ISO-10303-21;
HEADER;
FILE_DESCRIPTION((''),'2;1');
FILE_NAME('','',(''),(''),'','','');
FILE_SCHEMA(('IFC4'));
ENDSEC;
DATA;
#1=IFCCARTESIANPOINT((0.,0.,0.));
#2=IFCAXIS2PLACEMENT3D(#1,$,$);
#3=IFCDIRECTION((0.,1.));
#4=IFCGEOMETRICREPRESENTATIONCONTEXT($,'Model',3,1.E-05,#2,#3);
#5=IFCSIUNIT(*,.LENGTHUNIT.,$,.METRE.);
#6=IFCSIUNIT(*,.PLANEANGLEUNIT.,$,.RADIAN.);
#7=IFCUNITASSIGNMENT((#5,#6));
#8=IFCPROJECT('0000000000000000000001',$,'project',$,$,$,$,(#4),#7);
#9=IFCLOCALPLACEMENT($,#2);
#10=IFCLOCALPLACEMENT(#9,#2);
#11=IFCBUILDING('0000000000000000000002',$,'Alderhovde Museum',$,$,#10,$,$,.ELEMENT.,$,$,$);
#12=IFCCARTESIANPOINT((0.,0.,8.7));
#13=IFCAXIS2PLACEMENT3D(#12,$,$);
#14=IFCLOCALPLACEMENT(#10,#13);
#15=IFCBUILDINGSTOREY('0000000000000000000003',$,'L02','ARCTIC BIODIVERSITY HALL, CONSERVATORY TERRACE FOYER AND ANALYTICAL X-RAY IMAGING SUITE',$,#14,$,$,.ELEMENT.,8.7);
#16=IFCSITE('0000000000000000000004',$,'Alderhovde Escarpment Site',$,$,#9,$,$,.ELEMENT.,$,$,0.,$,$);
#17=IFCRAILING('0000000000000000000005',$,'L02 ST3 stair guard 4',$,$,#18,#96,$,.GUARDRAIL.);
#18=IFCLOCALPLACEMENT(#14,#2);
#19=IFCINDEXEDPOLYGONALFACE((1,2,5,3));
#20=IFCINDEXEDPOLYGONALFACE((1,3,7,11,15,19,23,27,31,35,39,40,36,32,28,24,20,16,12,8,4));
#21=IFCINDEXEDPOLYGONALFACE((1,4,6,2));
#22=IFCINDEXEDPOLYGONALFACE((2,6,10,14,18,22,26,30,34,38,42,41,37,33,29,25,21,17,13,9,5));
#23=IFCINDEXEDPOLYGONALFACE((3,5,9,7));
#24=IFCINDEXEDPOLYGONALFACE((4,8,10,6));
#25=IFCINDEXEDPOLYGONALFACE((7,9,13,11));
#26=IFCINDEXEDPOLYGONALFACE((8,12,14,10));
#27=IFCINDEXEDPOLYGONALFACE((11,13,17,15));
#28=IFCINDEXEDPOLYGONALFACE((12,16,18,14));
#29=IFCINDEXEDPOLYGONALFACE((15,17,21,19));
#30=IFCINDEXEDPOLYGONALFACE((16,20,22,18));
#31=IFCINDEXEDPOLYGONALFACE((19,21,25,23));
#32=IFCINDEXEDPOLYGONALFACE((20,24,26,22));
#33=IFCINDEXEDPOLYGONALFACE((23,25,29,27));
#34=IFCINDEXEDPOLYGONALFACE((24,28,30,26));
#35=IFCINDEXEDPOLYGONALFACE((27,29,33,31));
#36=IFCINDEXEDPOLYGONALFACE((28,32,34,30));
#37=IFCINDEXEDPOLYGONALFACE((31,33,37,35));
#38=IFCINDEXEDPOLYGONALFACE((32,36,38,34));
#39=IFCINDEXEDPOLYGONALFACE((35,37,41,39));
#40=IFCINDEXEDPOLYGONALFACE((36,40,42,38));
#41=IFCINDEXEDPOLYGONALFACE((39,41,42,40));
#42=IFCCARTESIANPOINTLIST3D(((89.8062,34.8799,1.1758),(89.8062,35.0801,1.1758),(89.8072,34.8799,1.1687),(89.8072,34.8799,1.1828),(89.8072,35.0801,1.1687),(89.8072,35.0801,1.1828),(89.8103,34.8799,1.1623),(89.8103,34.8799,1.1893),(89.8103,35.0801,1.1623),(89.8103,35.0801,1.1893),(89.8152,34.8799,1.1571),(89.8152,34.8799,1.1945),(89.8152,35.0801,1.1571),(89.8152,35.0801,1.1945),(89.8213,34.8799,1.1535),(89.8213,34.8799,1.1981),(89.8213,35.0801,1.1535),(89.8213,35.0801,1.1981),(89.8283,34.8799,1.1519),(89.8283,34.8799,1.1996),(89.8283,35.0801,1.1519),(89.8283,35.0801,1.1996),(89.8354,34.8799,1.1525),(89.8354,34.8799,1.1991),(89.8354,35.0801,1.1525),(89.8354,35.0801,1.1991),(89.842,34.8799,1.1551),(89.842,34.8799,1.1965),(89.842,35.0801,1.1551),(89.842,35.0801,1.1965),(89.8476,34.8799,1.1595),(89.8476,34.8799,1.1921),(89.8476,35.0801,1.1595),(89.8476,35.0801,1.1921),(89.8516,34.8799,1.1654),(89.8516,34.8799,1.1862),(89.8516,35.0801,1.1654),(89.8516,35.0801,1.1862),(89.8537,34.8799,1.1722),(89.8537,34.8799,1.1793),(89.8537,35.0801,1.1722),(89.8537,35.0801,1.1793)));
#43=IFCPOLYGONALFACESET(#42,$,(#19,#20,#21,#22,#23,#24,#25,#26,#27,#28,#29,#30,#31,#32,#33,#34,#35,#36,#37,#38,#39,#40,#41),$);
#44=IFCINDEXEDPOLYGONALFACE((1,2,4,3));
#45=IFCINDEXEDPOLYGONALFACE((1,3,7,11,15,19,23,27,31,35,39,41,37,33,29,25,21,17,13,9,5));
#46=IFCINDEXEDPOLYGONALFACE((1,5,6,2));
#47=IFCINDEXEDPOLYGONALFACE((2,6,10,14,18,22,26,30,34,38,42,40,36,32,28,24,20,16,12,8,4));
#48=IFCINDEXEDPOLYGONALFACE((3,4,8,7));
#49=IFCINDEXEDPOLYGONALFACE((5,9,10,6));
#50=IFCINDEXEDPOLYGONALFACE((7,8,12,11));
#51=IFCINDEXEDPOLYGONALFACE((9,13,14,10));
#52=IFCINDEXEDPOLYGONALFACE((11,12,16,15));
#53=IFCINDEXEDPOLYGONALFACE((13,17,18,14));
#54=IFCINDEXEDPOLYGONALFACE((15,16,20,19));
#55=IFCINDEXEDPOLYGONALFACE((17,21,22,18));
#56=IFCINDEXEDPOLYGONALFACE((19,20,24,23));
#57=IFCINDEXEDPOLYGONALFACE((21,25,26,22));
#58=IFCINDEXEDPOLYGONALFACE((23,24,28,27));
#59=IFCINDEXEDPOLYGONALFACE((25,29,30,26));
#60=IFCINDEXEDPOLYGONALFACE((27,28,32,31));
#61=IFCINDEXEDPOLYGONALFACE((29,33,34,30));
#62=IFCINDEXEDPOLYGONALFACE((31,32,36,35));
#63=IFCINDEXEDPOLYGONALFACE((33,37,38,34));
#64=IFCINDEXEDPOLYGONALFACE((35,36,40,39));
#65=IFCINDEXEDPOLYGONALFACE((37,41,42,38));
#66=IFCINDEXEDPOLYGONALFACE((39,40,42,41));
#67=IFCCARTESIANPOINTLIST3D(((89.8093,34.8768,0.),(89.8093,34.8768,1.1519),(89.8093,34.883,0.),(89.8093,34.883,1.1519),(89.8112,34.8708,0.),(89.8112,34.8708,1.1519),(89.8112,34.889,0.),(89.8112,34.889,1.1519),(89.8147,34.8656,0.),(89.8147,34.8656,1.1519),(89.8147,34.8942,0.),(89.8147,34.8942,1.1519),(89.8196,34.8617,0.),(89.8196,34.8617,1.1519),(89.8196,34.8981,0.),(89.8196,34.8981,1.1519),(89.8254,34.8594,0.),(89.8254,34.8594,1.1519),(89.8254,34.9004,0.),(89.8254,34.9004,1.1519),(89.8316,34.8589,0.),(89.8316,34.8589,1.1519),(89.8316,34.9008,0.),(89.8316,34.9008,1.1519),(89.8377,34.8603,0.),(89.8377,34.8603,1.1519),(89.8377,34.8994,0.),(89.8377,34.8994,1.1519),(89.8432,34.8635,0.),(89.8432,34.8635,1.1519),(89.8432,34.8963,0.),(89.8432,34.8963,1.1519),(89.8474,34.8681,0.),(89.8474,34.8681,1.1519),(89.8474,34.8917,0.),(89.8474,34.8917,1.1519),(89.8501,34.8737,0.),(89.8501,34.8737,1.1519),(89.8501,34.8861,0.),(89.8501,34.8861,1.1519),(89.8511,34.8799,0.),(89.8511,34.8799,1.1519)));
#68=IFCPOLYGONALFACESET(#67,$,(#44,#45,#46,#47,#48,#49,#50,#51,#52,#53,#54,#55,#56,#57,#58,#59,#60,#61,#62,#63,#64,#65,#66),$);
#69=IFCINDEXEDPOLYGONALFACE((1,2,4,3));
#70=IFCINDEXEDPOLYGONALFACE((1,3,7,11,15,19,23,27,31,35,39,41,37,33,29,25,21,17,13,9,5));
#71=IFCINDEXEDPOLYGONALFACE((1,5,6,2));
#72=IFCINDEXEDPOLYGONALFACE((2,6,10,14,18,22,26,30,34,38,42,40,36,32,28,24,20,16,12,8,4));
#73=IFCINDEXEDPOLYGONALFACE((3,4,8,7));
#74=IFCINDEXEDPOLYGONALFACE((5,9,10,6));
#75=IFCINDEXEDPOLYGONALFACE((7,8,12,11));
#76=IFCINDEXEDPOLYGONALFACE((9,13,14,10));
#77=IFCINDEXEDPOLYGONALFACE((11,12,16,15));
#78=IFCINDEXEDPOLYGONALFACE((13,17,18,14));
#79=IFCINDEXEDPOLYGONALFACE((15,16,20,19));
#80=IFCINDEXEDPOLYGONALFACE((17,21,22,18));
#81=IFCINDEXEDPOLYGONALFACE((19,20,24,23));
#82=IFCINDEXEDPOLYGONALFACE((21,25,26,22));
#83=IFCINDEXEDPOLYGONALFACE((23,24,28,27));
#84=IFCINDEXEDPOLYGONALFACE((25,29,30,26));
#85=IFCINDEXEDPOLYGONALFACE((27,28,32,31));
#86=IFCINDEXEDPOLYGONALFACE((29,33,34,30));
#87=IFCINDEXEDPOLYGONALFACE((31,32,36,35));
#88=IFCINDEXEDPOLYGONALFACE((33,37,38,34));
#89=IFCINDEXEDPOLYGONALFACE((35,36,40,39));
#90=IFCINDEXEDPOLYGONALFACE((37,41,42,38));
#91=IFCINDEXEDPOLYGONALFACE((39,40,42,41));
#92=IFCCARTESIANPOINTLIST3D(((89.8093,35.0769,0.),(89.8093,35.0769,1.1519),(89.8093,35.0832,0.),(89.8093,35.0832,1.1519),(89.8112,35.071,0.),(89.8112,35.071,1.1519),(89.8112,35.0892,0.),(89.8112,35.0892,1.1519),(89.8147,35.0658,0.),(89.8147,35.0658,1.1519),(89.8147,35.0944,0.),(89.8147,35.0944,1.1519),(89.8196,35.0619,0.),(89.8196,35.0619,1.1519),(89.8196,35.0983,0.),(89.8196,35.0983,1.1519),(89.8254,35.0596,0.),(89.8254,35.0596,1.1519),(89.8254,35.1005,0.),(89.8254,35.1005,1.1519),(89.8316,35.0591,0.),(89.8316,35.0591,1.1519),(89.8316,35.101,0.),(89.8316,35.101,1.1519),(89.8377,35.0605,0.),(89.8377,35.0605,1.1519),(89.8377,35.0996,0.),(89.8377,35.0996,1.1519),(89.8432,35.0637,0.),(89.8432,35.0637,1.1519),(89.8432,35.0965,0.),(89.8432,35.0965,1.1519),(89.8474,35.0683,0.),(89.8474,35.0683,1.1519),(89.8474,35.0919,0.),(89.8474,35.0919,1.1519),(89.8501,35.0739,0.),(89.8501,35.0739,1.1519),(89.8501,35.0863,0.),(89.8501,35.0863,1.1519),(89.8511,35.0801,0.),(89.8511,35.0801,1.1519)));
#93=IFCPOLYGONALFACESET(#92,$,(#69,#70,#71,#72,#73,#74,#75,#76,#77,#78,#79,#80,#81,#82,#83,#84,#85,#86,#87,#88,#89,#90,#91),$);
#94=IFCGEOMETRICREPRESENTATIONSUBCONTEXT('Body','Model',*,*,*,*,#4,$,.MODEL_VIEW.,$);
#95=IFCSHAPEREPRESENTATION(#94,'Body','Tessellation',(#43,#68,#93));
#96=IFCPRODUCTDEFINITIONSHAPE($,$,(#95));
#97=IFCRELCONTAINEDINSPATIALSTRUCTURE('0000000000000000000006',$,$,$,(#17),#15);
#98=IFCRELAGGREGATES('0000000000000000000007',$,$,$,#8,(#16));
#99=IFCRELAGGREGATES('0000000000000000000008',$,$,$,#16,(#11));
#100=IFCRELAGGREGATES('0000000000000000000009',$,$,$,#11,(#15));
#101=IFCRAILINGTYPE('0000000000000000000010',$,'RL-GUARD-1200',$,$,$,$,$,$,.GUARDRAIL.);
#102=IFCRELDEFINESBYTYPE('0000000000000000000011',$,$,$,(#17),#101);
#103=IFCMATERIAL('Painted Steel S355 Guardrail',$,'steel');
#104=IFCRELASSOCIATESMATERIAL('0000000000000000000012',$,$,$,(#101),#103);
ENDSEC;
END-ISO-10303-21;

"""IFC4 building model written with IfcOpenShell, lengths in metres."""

from ifc_helpers import new_model, si_unit, direction, frame, origin, origin_2d, place, context, subcontext, project, spatial, circle, extrude, material, type_object, element, save


model = new_model("IFC4")

# Units and contexts
model_context = context("Model", 3, precision=1e-05, world=origin(), true_north=direction((0.0, 1.0)))
body_context = subcontext(model_context, "Body", "Model", "MODEL_VIEW")
ifc_project = project(units=[si_unit("LENGTHUNIT", "METRE"), si_unit("PLANEANGLEUNIT", "RADIAN")], contexts=[model_context])

# Site, building, storey
site_placement = place(None, origin())
site = spatial("IfcSite", under=ifc_project, at=site_placement, Name="Alderhovde Escarpment Site", CompositionType="ELEMENT", RefElevation=0.0)
building_placement = place(site_placement, origin())
building = spatial("IfcBuilding", under=site, at=building_placement, Name="Alderhovde Museum", CompositionType="ELEMENT")
storey_placement = place(building_placement, frame((0.0, 0.0, 8.7)))
storey = spatial("IfcBuildingStorey", under=building, at=storey_placement, Name="L02", Description="ARCTIC BIODIVERSITY HALL, CONSERVATORY TERRACE FOYER AND ANALYTICAL X-RAY IMAGING SUITE", CompositionType="ELEMENT", Elevation=8.7)

# Railing
ifc_material_1 = material(Name="Painted Steel S355 Guardrail", Category="steel")
railing_type_1 = type_object("IfcRailingType", Name="RL-GUARD-1200", PredefinedType="GUARDRAIL", material=ifc_material_1)
railing_1_placement = place(storey_placement, frame((89.8301, 34.8799, 0.0)))
element("IfcRailing", 1, at=railing_1_placement, inside=storey, type_object=railing_type_1, Name="L02 ST3 stair guard 4", PredefinedType="GUARDRAIL", context=body_context, shape_type="SweptSolid", body=[
    extrude(circle(Radius=0.0239, at=origin_2d()), frame((0.0, 0.0, 1.1758), z_axis=(0.0, 1.0, 0.0), x_axis=(-1.0, 0.0, 0.0)), (0.0, 0.0, 1.0), 0.2002),
    extrude(circle(Radius=0.021, at=origin_2d()), origin(), (0.0, 0.0, 1.0), 1.1519),
    extrude(circle(Radius=0.021, at=origin_2d()), frame((0.0, 0.2002, 0.0)), (0.0, 0.0, 1.0), 1.1519),
])

save(model, "model.ifc")
